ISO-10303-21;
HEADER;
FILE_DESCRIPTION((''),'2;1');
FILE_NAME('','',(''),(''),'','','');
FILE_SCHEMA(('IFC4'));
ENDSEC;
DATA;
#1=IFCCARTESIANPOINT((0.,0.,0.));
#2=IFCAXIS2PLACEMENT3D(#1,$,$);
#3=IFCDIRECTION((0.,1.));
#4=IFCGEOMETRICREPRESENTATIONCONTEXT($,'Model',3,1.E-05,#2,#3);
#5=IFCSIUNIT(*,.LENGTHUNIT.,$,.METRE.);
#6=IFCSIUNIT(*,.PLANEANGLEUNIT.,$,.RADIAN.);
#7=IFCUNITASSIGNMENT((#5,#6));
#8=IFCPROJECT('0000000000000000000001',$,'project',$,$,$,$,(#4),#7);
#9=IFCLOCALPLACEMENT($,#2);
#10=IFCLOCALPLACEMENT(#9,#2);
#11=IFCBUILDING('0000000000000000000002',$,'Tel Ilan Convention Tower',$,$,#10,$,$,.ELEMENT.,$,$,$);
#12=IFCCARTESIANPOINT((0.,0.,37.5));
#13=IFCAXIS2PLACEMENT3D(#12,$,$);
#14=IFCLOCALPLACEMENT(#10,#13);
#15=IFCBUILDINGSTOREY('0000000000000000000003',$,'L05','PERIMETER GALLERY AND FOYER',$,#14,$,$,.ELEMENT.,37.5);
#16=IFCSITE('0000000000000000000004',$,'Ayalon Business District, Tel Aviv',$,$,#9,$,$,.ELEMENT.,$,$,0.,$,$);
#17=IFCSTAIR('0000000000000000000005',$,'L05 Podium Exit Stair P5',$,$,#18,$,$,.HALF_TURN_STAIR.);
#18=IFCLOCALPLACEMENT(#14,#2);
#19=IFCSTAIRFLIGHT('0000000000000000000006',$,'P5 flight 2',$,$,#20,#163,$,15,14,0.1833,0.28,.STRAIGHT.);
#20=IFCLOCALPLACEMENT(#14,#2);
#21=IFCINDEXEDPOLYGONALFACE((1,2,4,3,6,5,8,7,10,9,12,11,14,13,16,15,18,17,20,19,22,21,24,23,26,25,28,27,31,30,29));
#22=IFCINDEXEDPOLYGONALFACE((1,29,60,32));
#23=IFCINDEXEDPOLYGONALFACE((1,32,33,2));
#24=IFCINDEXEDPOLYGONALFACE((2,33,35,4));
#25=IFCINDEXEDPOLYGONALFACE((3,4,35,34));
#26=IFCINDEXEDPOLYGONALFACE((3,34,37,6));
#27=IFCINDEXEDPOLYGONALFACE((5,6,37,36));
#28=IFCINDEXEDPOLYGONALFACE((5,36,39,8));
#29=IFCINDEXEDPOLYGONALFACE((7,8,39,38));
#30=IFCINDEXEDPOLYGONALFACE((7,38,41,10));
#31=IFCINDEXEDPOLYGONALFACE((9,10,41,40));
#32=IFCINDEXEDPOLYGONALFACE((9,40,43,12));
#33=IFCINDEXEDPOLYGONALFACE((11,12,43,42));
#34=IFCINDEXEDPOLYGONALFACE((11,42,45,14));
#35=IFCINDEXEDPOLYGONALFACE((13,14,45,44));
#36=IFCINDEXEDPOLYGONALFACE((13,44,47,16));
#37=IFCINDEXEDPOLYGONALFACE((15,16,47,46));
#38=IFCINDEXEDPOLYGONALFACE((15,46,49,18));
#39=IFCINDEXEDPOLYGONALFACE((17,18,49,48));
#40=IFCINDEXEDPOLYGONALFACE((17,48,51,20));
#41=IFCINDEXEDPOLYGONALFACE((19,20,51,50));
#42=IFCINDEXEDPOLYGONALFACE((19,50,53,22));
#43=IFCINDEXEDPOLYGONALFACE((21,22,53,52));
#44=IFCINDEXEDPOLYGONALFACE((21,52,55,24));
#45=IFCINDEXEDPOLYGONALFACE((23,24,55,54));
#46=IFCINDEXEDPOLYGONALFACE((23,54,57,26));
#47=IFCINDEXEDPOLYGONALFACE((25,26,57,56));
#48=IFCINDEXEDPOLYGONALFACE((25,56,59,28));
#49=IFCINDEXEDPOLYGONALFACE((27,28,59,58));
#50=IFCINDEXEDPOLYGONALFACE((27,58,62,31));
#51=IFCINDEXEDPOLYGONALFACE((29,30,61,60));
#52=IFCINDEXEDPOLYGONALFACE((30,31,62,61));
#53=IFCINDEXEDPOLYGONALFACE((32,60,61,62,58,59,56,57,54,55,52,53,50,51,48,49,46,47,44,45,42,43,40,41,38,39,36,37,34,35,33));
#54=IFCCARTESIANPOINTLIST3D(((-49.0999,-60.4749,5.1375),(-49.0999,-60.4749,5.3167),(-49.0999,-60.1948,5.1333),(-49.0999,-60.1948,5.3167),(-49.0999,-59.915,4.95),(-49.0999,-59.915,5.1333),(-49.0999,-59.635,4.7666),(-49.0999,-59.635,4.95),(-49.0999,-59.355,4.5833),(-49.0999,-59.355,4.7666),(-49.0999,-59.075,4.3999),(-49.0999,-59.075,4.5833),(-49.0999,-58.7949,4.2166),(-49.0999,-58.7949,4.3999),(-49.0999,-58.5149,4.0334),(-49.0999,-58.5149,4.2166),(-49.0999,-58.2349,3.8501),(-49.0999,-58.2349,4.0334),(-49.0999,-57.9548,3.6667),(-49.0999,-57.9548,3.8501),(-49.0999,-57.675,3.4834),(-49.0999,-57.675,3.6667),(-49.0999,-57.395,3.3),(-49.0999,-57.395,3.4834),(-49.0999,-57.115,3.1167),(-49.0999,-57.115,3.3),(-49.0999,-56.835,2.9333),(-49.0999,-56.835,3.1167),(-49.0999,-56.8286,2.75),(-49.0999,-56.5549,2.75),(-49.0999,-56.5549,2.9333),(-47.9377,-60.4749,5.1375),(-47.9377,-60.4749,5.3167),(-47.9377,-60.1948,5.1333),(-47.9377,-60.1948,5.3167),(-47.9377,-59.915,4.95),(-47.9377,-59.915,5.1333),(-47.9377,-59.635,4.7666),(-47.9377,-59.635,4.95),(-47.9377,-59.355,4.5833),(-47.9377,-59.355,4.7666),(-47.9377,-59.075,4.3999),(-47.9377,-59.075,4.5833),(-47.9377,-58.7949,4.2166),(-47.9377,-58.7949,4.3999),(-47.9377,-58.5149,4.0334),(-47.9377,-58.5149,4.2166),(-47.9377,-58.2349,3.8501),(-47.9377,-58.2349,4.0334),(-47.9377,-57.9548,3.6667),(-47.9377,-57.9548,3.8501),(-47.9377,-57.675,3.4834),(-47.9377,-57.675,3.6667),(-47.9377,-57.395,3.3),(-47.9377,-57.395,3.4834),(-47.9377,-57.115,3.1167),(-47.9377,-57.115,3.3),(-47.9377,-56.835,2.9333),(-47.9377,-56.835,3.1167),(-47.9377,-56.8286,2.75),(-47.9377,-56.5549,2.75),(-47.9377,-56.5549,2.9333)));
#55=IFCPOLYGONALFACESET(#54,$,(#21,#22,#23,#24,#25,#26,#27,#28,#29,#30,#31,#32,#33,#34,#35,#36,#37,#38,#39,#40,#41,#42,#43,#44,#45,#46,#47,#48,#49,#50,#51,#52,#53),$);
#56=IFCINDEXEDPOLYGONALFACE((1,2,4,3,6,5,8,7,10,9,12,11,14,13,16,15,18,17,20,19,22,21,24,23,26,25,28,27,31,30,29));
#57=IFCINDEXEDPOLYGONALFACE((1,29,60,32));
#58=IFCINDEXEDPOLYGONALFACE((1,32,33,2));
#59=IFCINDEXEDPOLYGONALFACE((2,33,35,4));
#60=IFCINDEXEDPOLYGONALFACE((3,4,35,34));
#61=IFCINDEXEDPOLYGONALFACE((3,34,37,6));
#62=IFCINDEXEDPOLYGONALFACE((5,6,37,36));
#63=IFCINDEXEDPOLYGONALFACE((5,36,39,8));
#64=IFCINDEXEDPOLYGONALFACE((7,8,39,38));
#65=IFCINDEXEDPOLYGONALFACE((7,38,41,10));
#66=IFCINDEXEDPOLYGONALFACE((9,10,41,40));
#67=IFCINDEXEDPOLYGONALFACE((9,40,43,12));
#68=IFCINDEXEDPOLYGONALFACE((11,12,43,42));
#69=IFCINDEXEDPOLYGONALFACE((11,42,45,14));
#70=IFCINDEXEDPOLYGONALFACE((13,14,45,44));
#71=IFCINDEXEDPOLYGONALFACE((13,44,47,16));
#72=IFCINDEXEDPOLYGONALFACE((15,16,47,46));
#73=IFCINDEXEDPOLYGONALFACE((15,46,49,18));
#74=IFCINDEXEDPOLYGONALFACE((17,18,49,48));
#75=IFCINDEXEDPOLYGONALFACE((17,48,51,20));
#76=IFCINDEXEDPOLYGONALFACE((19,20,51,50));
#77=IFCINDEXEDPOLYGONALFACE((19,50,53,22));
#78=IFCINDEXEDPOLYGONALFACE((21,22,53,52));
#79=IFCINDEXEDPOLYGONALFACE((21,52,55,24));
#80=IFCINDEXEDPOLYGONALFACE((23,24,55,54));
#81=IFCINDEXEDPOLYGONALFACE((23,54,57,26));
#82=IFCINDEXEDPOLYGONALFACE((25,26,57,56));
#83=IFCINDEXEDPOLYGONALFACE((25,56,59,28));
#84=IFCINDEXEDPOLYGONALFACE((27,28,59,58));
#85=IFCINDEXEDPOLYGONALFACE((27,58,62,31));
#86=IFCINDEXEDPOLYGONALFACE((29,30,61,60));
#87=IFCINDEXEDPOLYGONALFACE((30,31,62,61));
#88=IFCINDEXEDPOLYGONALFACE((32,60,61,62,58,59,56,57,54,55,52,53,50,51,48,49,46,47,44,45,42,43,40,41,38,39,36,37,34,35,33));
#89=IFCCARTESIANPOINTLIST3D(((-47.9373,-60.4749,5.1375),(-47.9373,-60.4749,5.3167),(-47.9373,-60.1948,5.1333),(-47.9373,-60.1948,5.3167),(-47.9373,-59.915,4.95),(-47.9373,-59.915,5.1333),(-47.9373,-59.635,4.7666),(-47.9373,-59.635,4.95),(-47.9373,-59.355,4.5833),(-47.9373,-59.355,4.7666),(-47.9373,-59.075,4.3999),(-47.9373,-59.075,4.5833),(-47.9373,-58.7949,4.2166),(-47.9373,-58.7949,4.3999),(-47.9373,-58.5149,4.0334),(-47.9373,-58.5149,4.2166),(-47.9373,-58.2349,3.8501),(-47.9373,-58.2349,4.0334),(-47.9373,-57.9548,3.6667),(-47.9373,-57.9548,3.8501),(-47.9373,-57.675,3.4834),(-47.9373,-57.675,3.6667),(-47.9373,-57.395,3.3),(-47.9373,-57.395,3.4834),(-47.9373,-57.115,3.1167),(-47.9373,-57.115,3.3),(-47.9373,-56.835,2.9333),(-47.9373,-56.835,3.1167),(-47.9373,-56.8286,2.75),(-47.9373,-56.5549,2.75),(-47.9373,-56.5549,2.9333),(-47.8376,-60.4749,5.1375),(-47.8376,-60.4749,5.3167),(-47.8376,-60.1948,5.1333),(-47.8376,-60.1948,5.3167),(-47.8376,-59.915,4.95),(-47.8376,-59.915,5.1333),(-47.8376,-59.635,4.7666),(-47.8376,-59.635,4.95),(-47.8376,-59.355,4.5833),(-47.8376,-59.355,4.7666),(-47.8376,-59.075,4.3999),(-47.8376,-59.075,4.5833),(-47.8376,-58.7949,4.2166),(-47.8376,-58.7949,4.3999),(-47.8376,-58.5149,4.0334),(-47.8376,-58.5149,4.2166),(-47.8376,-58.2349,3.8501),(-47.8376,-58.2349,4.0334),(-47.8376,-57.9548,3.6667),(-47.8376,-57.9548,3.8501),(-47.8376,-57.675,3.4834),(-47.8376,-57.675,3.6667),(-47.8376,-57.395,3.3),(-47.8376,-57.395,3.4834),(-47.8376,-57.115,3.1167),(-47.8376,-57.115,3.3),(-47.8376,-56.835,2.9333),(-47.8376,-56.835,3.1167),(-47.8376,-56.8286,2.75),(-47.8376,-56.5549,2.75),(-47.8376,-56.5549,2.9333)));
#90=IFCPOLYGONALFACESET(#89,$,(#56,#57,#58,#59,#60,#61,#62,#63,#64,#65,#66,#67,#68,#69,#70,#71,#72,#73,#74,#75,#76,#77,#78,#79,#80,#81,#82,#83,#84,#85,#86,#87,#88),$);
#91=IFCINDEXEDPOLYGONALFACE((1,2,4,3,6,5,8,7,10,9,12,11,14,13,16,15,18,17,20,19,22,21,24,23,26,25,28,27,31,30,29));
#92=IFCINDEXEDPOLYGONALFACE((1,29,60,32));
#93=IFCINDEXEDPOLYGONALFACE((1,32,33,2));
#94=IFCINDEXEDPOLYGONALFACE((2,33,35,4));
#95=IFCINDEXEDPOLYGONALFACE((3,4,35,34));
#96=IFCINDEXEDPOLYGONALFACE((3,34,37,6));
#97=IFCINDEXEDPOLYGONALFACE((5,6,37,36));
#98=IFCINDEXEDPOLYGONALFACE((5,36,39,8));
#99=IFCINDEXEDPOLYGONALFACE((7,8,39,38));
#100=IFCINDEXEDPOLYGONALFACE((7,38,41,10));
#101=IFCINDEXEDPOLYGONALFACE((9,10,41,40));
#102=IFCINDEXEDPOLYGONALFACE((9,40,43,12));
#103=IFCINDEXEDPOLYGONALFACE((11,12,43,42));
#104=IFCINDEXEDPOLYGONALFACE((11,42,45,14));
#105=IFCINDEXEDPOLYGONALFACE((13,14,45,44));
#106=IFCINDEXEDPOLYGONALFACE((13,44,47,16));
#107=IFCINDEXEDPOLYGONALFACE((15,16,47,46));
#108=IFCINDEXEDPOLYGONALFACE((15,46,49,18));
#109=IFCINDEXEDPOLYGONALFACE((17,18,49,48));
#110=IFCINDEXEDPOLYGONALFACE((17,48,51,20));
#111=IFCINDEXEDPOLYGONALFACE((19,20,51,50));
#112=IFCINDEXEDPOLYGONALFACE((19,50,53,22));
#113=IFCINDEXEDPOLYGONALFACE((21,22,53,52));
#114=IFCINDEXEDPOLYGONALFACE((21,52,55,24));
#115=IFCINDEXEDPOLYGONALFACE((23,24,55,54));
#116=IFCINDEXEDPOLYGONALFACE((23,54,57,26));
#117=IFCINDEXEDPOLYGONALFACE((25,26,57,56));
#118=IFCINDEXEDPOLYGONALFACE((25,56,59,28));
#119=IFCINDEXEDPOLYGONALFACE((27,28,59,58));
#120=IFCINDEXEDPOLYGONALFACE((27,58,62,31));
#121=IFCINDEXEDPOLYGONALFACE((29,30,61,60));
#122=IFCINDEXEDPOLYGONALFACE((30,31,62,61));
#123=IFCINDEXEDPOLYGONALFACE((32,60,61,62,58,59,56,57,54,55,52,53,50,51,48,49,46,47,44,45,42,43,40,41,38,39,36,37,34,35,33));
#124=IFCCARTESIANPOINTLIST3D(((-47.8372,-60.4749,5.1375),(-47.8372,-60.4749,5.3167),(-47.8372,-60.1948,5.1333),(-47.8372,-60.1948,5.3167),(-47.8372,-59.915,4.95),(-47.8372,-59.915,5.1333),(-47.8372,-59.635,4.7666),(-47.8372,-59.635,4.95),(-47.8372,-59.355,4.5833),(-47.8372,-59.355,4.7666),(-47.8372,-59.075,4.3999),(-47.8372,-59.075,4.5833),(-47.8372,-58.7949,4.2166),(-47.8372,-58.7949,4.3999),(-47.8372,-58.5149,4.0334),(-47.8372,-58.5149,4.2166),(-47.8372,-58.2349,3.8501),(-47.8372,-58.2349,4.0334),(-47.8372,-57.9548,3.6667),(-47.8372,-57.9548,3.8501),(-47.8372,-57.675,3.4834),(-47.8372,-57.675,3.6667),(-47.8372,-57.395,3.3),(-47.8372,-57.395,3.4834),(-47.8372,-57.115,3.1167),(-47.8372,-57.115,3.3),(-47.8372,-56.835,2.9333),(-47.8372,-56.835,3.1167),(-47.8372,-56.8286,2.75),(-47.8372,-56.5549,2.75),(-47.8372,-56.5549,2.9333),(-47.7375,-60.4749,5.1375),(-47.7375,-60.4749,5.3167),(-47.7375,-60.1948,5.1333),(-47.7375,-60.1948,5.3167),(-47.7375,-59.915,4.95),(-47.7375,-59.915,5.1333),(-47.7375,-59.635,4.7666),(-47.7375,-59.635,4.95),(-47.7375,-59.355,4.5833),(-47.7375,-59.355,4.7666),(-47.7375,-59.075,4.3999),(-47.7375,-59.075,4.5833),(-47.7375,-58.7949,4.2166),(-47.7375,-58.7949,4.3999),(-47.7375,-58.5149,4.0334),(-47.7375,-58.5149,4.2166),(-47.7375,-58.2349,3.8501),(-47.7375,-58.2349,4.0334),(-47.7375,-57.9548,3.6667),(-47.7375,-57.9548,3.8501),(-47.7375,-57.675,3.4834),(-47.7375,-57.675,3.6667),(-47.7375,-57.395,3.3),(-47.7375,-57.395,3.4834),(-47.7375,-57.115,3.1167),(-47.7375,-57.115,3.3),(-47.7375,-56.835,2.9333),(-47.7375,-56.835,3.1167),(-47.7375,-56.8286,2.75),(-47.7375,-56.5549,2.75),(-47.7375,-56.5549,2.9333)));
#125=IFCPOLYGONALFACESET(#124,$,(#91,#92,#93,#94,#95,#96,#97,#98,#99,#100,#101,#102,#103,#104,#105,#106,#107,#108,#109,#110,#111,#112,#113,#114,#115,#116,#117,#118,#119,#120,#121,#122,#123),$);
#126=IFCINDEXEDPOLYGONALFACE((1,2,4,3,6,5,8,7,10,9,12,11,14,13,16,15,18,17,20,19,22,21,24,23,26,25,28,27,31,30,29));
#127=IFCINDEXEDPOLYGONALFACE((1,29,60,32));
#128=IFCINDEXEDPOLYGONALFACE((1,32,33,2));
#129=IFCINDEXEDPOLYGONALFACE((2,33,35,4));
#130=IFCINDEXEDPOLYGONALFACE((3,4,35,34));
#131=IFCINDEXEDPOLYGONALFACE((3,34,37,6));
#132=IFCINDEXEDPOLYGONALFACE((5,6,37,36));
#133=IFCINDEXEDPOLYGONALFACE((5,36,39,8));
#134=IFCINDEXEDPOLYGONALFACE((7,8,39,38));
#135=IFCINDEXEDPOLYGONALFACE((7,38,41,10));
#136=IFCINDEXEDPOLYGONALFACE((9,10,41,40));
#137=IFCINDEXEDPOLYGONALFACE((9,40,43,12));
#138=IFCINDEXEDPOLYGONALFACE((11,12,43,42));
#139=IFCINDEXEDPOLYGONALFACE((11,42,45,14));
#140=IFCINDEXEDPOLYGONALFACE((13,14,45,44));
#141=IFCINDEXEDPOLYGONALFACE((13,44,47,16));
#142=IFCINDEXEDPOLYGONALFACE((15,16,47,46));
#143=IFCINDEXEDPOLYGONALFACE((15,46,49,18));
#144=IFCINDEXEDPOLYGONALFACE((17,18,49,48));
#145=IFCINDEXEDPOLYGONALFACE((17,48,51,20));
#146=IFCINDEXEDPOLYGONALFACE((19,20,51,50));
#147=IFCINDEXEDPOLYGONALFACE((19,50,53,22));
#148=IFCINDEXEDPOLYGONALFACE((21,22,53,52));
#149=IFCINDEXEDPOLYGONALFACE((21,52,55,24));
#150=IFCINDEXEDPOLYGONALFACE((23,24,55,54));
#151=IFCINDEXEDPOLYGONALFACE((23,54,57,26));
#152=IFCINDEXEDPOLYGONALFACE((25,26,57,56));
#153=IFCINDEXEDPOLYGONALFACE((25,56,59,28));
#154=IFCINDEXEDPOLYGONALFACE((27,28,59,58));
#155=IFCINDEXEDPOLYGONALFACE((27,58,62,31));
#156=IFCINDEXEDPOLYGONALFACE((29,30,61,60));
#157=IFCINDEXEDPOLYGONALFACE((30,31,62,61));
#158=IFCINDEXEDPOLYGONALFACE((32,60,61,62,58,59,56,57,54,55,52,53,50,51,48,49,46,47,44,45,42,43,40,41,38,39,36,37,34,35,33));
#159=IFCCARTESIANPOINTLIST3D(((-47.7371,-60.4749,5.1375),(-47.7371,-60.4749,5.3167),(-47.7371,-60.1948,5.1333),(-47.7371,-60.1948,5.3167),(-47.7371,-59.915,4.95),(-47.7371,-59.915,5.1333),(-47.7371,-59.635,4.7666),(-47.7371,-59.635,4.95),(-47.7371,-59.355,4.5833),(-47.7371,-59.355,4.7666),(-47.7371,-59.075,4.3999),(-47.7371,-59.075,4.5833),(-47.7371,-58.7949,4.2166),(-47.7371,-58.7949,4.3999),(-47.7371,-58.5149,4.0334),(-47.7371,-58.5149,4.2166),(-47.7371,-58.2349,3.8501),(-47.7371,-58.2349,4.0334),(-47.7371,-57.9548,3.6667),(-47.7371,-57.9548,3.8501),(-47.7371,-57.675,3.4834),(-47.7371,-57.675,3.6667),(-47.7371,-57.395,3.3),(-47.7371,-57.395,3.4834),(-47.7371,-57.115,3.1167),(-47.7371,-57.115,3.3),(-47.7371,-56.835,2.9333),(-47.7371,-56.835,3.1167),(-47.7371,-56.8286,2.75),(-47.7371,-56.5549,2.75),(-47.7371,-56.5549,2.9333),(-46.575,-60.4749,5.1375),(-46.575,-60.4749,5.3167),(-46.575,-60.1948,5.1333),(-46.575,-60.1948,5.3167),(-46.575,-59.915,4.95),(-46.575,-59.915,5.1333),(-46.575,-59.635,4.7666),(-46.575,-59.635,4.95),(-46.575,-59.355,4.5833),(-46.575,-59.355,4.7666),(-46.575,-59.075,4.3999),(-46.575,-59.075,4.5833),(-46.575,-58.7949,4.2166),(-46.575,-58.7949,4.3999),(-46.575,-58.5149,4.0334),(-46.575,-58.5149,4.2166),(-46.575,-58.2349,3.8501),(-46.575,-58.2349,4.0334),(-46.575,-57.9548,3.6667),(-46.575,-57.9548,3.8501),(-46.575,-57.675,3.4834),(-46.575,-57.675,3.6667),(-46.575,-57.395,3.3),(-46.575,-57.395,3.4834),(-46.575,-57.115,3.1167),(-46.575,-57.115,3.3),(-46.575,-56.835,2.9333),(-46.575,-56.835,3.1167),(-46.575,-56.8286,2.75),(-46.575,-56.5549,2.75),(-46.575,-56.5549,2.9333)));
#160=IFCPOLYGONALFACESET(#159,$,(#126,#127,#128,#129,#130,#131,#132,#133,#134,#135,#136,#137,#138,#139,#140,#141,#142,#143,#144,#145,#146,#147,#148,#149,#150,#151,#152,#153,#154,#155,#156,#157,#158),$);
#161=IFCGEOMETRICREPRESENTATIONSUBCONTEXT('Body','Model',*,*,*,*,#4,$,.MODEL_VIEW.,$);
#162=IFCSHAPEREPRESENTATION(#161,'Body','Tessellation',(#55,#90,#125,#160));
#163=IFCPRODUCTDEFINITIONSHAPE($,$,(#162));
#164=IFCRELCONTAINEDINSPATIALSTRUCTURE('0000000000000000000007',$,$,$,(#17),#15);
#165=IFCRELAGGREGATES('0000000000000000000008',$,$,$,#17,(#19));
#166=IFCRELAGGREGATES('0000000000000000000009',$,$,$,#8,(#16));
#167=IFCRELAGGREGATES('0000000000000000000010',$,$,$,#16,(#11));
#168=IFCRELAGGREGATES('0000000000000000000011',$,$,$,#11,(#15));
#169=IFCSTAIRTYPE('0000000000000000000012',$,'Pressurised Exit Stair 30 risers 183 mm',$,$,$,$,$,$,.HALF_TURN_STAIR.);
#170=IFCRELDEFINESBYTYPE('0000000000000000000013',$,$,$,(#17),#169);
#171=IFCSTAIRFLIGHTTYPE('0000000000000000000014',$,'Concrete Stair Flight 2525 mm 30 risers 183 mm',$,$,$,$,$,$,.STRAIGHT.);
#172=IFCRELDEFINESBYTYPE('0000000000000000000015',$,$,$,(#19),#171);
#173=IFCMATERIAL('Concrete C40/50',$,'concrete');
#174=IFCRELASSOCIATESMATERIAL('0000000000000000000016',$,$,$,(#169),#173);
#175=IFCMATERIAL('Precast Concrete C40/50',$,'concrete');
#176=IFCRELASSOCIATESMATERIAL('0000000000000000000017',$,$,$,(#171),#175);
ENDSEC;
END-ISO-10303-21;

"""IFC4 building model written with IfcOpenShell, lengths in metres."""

from ifc_helpers import new_model, si_unit, direction, frame, origin, place, context, subcontext, project, spatial, polyline, outline, extrude, material, type_object, element, aggregate, save


model = new_model("IFC4")

# Units and contexts
model_context = context("Model", 3, precision=1e-05, world=origin(), true_north=direction((0.0, 1.0)))
body_context = subcontext(model_context, "Body", "Model", "MODEL_VIEW")
ifc_project = project(units=[si_unit("LENGTHUNIT", "METRE"), si_unit("PLANEANGLEUNIT", "RADIAN")], contexts=[model_context])

# Site, building, storey
site_placement = place(None, origin())
site = spatial("IfcSite", under=ifc_project, at=site_placement, Name="Ayalon Business District, Tel Aviv", CompositionType="ELEMENT", RefElevation=0.0)
building_placement = place(site_placement, origin())
building = spatial("IfcBuilding", under=site, at=building_placement, Name="Tel Ilan Convention Tower", CompositionType="ELEMENT")
storey_placement = place(building_placement, frame((0.0, 0.0, 37.5)))
storey = spatial("IfcBuildingStorey", under=building, at=storey_placement, Name="L05", Description="PERIMETER GALLERY AND FOYER", CompositionType="ELEMENT", Elevation=37.5)

# Stair, stair flight
ifc_material_1 = material(Name="Concrete C40/50", Category="concrete")
stair_type = type_object("IfcStairType", Name="Pressurised Exit Stair 30 risers 183 mm", PredefinedType="HALF_TURN_STAIR", material=ifc_material_1)
stair_1_placement = place(storey_placement, origin())
stair_1 = element("IfcStair", 1, at=stair_1_placement, inside=storey, type_object=stair_type, Name="L05 Podium Exit Stair P5", PredefinedType="HALF_TURN_STAIR")
ifc_material_2 = material(Name="Precast Concrete C40/50", Category="concrete")
stair_flight_type = type_object("IfcStairFlightType", Name="Concrete Stair Flight 2525 mm 30 risers 183 mm", PredefinedType="STRAIGHT", material=ifc_material_2)
stair_flight_1_placement = place(storey_placement, frame((-47.8374, -56.5549, 2.75), z_axis=(0.0, 0.0, 1.0), x_axis=(0.0, -1.0, 0.0)))
stair_flight_1 = element("IfcStairFlight", 2, at=stair_flight_1_placement, type_object=stair_flight_type, Name="P5 flight 2", NumberOfRisers=15, NumberOfTreads=14, PredefinedType="STRAIGHT", RiserHeight=0.1833, TreadLength=0.28, context=body_context, shape_type="SweptSolid", body=[
    extrude(outline(polyline([(0.0, 0.0), (0.0, 0.1833), (0.28, 0.1833), (0.28, 0.3667), (0.5601, 0.3667), (0.5601, 0.55), (0.8401, 0.55), (0.8401, 0.7334), (1.1201, 0.7334), (1.1201, 0.9167), (1.3999, 0.9167), (1.3999, 1.1001), (1.6799, 1.1001), (1.6799, 1.2834), (1.96, 1.2834), (1.96, 1.4666), (2.24, 1.4666), (2.24, 1.6499), (2.52, 1.6499), (2.52, 1.8333), (2.8, 1.8333), (2.8, 2.0166), (3.0801, 2.0166), (3.0801, 2.2), (3.3601, 2.2), (3.3601, 2.3833), (3.6399, 2.3833), (3.6399, 2.5667), (3.9199, 2.5667), (3.9199, 2.75), (3.9199, 2.3875), (0.2737, 0.0), (0.0, 0.0)])), frame((0.0, -0.1003, 0.0), z_axis=(0.0, -1.0, 0.0), x_axis=(1.0, 0.0, 0.0)), (0.0, 0.0, 1.0), 1.1621),
    extrude(outline(polyline([(0.0, 0.0), (0.0, 0.1833), (0.28, 0.1833), (0.28, 0.3667), (0.5601, 0.3667), (0.5601, 0.55), (0.8401, 0.55), (0.8401, 0.7334), (1.1201, 0.7334), (1.1201, 0.9167), (1.3999, 0.9167), (1.3999, 1.1001), (1.6799, 1.1001), (1.6799, 1.2834), (1.96, 1.2834), (1.96, 1.4666), (2.24, 1.4666), (2.24, 1.6499), (2.52, 1.6499), (2.52, 1.8333), (2.8, 1.8333), (2.8, 2.0166), (3.0801, 2.0166), (3.0801, 2.2), (3.3601, 2.2), (3.3601, 2.3833), (3.6399, 2.3833), (3.6399, 2.5667), (3.9199, 2.5667), (3.9199, 2.75), (3.9199, 2.3875), (0.2737, 0.0), (0.0, 0.0)])), frame((0.0, -0.0002, 0.0), z_axis=(0.0, -1.0, 0.0), x_axis=(1.0, 0.0, 0.0)), (0.0, 0.0, 1.0), 0.0996),
    extrude(outline(polyline([(0.0, 0.0), (0.0, 0.1833), (0.28, 0.1833), (0.28, 0.3667), (0.5601, 0.3667), (0.5601, 0.55), (0.8401, 0.55), (0.8401, 0.7334), (1.1201, 0.7334), (1.1201, 0.9167), (1.3999, 0.9167), (1.3999, 1.1001), (1.6799, 1.1001), (1.6799, 1.2834), (1.96, 1.2834), (1.96, 1.4666), (2.24, 1.4666), (2.24, 1.6499), (2.52, 1.6499), (2.52, 1.8333), (2.8, 1.8333), (2.8, 2.0166), (3.0801, 2.0166), (3.0801, 2.2), (3.3601, 2.2), (3.3601, 2.3833), (3.6399, 2.3833), (3.6399, 2.5667), (3.9199, 2.5667), (3.9199, 2.75), (3.9199, 2.3875), (0.2737, 0.0), (0.0, 0.0)])), frame((0.0, 0.0999, 0.0), z_axis=(0.0, -1.0, 0.0), x_axis=(1.0, 0.0, 0.0)), (0.0, 0.0, 1.0), 0.0996),
    extrude(outline(polyline([(0.0, 0.0), (0.0, 0.1833), (0.28, 0.1833), (0.28, 0.3667), (0.5601, 0.3667), (0.5601, 0.55), (0.8401, 0.55), (0.8401, 0.7334), (1.1201, 0.7334), (1.1201, 0.9167), (1.3999, 0.9167), (1.3999, 1.1001), (1.6799, 1.1001), (1.6799, 1.2834), (1.96, 1.2834), (1.96, 1.4666), (2.24, 1.4666), (2.24, 1.6499), (2.52, 1.6499), (2.52, 1.8333), (2.8, 1.8333), (2.8, 2.0166), (3.0801, 2.0166), (3.0801, 2.2), (3.3601, 2.2), (3.3601, 2.3833), (3.6399, 2.3833), (3.6399, 2.5667), (3.9199, 2.5667), (3.9199, 2.75), (3.9199, 2.3875), (0.2737, 0.0), (0.0, 0.0)])), frame((0.0, 1.2625, 0.0), z_axis=(0.0, -1.0, 0.0), x_axis=(1.0, 0.0, 0.0)), (0.0, 0.0, 1.0), 1.1621),
])
aggregate(stair_1, [stair_flight_1])

save(model, "model.ifc")
